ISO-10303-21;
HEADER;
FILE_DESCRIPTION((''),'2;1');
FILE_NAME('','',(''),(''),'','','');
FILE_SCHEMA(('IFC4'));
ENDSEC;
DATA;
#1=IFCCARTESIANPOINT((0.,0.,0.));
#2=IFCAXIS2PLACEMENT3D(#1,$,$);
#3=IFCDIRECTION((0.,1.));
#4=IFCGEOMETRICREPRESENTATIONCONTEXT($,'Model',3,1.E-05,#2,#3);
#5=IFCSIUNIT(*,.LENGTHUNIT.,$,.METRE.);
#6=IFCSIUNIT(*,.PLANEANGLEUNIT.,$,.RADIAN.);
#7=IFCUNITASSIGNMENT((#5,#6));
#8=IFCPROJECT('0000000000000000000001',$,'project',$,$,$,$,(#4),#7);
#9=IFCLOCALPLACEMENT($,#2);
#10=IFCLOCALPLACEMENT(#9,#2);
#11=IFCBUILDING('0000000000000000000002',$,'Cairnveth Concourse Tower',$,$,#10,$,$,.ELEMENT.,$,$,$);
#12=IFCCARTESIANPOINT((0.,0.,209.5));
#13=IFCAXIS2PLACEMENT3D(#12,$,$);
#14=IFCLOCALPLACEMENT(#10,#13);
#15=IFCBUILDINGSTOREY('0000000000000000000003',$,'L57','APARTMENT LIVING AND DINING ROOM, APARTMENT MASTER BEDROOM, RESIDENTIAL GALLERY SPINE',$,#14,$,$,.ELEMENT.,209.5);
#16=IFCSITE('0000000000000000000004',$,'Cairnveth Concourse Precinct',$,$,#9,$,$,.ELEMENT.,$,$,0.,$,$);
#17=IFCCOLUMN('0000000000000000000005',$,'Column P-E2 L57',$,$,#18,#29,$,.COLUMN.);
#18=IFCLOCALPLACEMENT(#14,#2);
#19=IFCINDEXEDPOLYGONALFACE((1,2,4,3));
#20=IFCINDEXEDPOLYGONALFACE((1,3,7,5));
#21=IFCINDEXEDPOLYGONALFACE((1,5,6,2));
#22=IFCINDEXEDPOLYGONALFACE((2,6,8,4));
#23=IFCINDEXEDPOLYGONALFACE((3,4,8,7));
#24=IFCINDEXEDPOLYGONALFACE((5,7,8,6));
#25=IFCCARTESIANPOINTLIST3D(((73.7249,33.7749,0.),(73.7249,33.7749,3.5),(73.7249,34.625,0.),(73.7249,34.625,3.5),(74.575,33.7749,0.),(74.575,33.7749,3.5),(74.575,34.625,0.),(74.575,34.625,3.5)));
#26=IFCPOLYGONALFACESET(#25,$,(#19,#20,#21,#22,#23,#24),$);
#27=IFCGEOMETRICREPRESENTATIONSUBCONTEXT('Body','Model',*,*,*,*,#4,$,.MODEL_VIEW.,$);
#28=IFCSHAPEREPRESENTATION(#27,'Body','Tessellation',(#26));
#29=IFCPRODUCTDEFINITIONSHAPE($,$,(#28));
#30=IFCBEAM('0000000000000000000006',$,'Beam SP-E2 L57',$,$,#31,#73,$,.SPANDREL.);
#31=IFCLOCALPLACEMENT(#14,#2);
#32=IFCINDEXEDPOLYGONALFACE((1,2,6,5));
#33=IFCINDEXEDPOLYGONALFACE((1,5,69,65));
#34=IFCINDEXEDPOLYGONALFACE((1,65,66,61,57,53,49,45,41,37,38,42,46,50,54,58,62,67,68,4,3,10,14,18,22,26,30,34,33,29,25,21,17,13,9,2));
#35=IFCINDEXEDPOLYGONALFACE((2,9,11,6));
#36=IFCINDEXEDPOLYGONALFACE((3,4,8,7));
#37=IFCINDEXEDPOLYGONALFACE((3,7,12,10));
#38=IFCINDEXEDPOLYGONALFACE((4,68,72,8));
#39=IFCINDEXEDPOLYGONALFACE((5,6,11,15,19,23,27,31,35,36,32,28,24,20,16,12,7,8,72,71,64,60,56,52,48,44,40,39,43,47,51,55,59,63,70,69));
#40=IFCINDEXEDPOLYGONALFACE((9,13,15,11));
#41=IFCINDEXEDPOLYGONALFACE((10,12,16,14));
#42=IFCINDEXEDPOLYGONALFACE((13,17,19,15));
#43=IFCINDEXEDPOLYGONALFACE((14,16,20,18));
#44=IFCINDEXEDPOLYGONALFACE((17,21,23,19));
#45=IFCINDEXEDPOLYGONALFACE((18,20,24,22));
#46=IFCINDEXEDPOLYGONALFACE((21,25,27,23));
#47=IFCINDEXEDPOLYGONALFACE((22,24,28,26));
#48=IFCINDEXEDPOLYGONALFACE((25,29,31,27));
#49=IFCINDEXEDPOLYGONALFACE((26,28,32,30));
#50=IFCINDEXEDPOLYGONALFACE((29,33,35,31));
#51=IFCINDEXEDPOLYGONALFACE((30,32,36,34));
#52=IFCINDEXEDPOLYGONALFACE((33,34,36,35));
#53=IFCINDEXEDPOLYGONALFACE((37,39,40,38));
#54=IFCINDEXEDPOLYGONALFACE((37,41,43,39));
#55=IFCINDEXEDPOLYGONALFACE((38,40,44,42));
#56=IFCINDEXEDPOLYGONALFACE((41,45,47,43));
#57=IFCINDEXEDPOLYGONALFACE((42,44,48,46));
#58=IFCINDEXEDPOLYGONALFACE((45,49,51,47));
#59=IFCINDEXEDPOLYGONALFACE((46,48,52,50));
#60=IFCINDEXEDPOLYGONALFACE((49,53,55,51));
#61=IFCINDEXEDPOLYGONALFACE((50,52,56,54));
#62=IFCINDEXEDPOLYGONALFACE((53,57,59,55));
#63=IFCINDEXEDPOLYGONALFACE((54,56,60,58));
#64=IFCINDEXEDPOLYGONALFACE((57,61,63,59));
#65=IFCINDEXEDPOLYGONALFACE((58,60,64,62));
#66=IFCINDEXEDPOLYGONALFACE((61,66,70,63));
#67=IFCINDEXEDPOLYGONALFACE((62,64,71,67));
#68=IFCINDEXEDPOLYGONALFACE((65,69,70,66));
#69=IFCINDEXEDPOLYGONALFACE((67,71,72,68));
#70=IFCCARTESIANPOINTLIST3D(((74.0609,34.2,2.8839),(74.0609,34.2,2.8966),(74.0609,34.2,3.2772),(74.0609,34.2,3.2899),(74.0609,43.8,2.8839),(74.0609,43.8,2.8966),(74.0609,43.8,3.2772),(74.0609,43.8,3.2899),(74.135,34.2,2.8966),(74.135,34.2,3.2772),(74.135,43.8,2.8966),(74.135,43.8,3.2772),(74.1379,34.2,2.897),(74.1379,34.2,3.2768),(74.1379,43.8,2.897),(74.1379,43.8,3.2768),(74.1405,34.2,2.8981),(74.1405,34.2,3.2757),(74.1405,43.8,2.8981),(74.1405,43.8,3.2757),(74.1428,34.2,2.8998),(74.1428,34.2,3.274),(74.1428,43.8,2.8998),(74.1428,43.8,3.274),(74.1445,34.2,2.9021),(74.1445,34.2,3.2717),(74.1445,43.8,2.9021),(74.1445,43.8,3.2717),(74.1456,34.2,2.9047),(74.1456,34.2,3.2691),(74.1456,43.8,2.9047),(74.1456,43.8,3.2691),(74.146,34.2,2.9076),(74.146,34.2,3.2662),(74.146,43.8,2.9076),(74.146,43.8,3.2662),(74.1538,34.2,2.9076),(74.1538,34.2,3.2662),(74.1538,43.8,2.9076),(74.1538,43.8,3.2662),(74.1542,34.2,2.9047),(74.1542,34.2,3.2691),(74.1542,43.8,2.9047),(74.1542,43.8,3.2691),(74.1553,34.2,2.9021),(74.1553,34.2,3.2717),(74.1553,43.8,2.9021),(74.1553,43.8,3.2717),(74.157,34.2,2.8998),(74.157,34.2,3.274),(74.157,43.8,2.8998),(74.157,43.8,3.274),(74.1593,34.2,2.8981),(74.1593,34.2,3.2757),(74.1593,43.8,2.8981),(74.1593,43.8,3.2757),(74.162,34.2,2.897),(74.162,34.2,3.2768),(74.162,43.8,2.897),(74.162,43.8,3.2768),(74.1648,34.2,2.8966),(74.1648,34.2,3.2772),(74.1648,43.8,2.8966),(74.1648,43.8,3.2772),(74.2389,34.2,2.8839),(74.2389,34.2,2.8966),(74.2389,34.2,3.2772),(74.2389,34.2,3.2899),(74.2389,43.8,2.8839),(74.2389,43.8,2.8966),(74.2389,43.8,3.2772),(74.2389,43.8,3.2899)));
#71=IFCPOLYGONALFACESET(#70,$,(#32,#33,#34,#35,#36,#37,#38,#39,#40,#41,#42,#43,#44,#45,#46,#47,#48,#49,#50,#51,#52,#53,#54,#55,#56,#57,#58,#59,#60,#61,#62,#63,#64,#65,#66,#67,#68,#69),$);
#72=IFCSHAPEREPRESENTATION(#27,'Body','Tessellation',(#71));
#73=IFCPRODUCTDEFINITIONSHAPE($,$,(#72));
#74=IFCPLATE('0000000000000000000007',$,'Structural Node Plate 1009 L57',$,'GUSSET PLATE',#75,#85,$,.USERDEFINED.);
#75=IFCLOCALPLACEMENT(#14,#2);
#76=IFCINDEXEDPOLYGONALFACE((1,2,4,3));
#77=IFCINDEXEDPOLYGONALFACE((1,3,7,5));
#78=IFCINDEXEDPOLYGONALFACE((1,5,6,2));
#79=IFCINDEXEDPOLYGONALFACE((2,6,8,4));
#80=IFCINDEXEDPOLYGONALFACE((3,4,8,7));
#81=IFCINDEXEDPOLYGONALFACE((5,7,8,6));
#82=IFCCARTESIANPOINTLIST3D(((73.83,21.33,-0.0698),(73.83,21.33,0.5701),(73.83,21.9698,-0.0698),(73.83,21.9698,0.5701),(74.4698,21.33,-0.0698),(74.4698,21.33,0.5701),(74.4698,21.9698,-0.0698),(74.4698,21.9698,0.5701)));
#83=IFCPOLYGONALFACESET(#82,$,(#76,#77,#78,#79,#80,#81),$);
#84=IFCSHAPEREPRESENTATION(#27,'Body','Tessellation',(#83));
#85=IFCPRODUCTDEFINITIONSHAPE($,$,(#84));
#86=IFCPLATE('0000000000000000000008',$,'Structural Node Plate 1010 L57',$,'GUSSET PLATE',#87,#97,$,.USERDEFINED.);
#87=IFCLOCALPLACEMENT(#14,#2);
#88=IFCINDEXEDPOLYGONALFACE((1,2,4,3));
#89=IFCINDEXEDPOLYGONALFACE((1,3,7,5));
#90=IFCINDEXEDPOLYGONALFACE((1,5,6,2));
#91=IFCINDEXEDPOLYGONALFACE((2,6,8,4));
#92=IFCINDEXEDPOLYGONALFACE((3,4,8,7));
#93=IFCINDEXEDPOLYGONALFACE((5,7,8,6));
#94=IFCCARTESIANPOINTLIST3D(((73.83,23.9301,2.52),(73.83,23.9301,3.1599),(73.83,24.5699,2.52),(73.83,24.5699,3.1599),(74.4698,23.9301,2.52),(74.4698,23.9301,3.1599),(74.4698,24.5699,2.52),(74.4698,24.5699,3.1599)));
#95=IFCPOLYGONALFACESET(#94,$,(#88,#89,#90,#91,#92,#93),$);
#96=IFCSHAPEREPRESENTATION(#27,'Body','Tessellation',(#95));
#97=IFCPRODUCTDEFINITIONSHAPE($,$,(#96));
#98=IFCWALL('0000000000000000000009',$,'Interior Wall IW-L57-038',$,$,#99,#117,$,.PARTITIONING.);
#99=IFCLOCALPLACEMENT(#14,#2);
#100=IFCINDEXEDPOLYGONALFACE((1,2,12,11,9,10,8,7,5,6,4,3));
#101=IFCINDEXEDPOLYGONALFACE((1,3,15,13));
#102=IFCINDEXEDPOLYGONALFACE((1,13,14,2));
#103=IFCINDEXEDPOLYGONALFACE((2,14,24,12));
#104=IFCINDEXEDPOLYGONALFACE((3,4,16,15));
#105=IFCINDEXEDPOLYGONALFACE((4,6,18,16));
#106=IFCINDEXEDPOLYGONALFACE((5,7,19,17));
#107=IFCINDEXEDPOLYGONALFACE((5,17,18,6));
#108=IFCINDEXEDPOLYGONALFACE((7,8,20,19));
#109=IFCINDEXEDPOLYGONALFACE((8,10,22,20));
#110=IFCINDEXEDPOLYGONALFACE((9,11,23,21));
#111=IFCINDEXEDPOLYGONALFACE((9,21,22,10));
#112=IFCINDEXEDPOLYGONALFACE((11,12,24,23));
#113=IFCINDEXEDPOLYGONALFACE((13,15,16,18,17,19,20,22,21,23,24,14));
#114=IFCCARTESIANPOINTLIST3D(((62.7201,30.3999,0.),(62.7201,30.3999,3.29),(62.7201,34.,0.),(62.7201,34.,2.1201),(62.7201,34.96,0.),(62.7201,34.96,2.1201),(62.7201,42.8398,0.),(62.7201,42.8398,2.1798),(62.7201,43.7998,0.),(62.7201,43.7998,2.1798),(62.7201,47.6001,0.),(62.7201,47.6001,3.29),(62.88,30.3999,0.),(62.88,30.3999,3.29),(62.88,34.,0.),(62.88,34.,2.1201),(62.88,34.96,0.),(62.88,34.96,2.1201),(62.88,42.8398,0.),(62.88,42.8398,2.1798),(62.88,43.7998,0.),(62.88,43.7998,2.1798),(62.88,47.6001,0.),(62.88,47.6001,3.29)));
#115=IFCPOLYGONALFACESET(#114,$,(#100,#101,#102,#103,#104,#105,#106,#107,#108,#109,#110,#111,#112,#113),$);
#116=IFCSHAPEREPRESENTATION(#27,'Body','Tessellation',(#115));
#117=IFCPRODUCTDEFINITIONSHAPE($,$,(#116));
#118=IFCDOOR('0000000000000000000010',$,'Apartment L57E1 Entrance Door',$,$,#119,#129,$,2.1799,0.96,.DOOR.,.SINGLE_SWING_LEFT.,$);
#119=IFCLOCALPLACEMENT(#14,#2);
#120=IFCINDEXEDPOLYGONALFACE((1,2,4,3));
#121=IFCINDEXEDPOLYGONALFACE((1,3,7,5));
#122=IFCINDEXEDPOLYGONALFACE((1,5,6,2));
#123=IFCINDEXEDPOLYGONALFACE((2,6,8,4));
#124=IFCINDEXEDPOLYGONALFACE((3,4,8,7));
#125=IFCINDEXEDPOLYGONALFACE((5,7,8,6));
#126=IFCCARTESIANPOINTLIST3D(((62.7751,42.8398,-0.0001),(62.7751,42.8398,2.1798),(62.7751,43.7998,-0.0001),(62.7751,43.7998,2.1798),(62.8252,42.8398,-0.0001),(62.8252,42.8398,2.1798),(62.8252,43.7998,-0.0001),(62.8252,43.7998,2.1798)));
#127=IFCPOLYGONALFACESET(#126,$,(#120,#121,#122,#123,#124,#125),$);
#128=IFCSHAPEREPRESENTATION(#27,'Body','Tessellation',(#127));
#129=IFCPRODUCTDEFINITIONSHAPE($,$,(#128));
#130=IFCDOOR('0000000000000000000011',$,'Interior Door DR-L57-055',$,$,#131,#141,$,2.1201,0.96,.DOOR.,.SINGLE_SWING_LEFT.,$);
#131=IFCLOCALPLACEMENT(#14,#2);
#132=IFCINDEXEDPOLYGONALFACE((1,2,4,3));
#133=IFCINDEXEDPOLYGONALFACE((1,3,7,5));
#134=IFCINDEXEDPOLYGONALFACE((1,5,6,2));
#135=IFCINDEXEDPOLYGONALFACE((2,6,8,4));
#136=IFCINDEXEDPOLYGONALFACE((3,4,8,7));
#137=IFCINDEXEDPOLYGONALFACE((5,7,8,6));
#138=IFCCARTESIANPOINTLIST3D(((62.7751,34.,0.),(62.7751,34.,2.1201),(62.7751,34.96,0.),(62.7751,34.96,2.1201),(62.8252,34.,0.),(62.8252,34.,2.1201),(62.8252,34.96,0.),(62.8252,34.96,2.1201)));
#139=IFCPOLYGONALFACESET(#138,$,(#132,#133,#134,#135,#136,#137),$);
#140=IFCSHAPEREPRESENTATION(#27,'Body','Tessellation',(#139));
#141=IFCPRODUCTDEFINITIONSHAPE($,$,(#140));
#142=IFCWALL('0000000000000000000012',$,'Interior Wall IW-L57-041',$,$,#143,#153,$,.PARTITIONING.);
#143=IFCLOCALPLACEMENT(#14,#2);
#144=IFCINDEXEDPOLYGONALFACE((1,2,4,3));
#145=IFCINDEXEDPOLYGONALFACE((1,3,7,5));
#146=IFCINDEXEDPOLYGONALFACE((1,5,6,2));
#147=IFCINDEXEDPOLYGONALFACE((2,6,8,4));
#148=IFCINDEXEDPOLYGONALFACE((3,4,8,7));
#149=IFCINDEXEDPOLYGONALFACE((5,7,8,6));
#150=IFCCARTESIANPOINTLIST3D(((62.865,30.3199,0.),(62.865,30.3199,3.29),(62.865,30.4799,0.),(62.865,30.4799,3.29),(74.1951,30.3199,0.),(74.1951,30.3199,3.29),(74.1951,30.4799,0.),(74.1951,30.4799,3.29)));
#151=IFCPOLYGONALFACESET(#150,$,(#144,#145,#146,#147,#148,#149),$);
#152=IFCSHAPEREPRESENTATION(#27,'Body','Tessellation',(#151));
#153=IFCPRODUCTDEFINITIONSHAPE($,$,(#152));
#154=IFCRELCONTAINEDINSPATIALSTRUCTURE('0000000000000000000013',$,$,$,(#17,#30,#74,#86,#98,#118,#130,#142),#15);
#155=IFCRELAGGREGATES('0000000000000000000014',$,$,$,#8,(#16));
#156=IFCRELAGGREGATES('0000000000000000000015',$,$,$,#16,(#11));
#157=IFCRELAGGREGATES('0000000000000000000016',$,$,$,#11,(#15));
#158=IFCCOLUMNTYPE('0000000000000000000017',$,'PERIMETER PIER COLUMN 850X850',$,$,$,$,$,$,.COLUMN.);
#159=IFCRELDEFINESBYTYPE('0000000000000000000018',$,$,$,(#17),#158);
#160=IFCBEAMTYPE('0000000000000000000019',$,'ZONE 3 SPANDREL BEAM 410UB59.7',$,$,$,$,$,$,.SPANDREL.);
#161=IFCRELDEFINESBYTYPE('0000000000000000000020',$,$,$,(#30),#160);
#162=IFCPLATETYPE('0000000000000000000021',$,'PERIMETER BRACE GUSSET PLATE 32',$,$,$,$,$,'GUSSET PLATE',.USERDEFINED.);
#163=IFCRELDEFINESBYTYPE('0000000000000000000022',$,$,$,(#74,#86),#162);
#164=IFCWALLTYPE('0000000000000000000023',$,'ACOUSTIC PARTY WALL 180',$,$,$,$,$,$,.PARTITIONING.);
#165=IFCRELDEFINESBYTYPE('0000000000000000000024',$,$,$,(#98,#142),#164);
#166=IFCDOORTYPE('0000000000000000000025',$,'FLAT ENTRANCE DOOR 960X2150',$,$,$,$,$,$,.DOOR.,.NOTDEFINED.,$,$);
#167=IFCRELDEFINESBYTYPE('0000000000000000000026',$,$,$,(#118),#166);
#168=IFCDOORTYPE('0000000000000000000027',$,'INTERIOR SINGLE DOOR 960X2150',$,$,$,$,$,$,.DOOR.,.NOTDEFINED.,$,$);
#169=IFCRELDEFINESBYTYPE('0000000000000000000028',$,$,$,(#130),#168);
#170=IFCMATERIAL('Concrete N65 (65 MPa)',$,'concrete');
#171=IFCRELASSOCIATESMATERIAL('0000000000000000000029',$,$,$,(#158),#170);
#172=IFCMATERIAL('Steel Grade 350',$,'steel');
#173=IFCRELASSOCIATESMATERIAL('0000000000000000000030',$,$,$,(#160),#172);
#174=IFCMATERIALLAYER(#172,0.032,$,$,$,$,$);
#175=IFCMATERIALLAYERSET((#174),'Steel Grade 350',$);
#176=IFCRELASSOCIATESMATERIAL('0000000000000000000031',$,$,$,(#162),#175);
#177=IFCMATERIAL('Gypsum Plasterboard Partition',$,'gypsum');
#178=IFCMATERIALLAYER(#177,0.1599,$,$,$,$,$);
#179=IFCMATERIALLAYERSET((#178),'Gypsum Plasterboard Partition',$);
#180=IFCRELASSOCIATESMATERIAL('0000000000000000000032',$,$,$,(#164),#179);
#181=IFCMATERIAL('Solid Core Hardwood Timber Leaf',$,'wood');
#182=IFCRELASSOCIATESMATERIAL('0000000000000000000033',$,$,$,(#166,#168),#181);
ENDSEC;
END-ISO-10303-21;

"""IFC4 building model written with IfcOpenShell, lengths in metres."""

from ifc_helpers import new_model, si_unit, direction, frame, frame_2d, origin, origin_2d, place, context, subcontext, project, spatial, rectangle, i_section, extrude, material, layer, layer_set, material_profile, profile_set, type_object, element, fill, save


model = new_model("IFC4")

# Units and contexts
model_context = context("Model", 3, precision=1e-05, world=origin(), true_north=direction((0.0, 1.0)))
body_context = subcontext(model_context, "Body", "Model", "MODEL_VIEW")
ifc_project = project(units=[si_unit("LENGTHUNIT", "METRE"), si_unit("PLANEANGLEUNIT", "RADIAN")], contexts=[model_context])

# Site, building, storey
site_placement = place(None, origin())
site = spatial("IfcSite", under=ifc_project, at=site_placement, Name="Cairnveth Concourse Precinct", CompositionType="ELEMENT", RefElevation=0.0)
building_placement = place(site_placement, origin())
building = spatial("IfcBuilding", under=site, at=building_placement, Name="Cairnveth Concourse Tower", CompositionType="ELEMENT")
storey_placement = place(building_placement, frame((0.0, 0.0, 209.5)))
storey = spatial("IfcBuildingStorey", under=building, at=storey_placement, Name="L57", Description="APARTMENT LIVING AND DINING ROOM, APARTMENT MASTER BEDROOM, RESIDENTIAL GALLERY SPINE", CompositionType="ELEMENT", Elevation=209.5)

# Column
ifc_material_1 = material(Name="Concrete N65 (65 MPa)", Category="concrete")
ifc_material_profile_1 = material_profile(ifc_material_1, rectangle(XDim=0.8501, YDim=0.8501, at=origin_2d()), Name="RC-COL-850x850")
ifc_profile_set_1 = profile_set([ifc_material_profile_1], Name="Concrete N65 (65 MPa)")
column_type = type_object("IfcColumnType", Name="PERIMETER PIER COLUMN 850X850", PredefinedType="COLUMN", material=ifc_profile_set_1)
column_placement = place(storey_placement, frame((74.1499, 34.2, 0.0), z_axis=(0.0, 0.0, 1.0), x_axis=(0.0, 1.0, 0.0)))
element("IfcColumn", 1, at=column_placement, inside=storey, type_object=column_type, Name="Column P-E2 L57", PredefinedType="COLUMN", context=body_context, shape_type="SweptSolid", body=[
    extrude(rectangle(XDim=0.8501, YDim=0.8501, at=origin_2d()), origin(), (0.0, 0.0, 1.0), 3.5),
])

# Beam
ifc_material_2 = material(Name="Steel Grade 350", Category="steel")
ifc_material_profile_2 = material_profile(ifc_material_2, i_section(OverallWidth=0.178, OverallDepth=0.406, WebThickness=0.0078, FlangeThickness=0.0127, FilletRadius=0.011, at=origin_2d()), Name="410UB59.7")
ifc_profile_set_2 = profile_set([ifc_material_profile_2], Name="Steel Grade 350")
beam_type = type_object("IfcBeamType", Name="ZONE 3 SPANDREL BEAM 410UB59.7", PredefinedType="SPANDREL", material=ifc_profile_set_2)
beam_placement = place(storey_placement, frame((74.1499, 34.2, 3.0869), z_axis=(0.0, 1.0, 0.0), x_axis=(-1.0, 0.0, 0.0)))
element("IfcBeam", 2, at=beam_placement, inside=storey, type_object=beam_type, Name="Beam SP-E2 L57", PredefinedType="SPANDREL", context=body_context, shape_type="SweptSolid", body=[
    extrude(i_section(OverallWidth=0.178, OverallDepth=0.406, WebThickness=0.0078, FlangeThickness=0.0127, FilletRadius=0.011, at=origin_2d()), origin(), (0.0, 0.0, 1.0), 9.6001),
])

# Plates
ifc_layer_1 = layer(ifc_material_2, 0.032)
ifc_layer_set_1 = layer_set([ifc_layer_1], Name="Steel Grade 350")
plate_type = type_object("IfcPlateType", Name="PERIMETER BRACE GUSSET PLATE 32", ElementType="GUSSET PLATE", PredefinedType="USERDEFINED", material=ifc_layer_set_1)
for number, where, z_axis, x_axis, name in (
    (3, (74.1499, 21.6499, -0.0698), (0.0, 0.0, 1.0), (1.0, 0.0, 0.0), "Structural Node Plate 1009 L57"),
    (4, (74.1499, 24.25, 2.52), (0.0, 0.0, 1.0), (1.0, 0.0, 0.0), "Structural Node Plate 1010 L57"),
):
    element("IfcPlate", number, at=place(storey_placement, frame(where, z_axis=z_axis, x_axis=x_axis)), inside=storey, type_object=plate_type, Name=name, ObjectType="GUSSET PLATE", PredefinedType="USERDEFINED", context=body_context, shape_type="SweptSolid", body=[
        extrude(rectangle(XDim=0.6399, YDim=0.6399, at=origin_2d()), origin(), (0.0, 0.0, 1.0), 0.6399),
    ])

# Wall, openings, doors
ifc_material_3 = material(Name="Gypsum Plasterboard Partition", Category="gypsum")
ifc_layer_2 = layer(ifc_material_3, 0.1599)
ifc_layer_set_2 = layer_set([ifc_layer_2], Name="Gypsum Plasterboard Partition")
wall_type_1 = type_object("IfcWallType", Name="ACOUSTIC PARTY WALL 180", PredefinedType="PARTITIONING", material=ifc_layer_set_2)
wall_1_placement = place(storey_placement, frame((62.8, 30.3999, 0.0), z_axis=(0.0, 0.0, 1.0), x_axis=(0.0, 1.0, 0.0)))
wall_1 = element("IfcWall", 5, at=wall_1_placement, inside=storey, type_object=wall_type_1, Name="Interior Wall IW-L57-038", PredefinedType="PARTITIONING", context=body_context, shape_type="SweptSolid", body=[
    extrude(rectangle(XDim=17.2002, YDim=0.1599, at=frame_2d((8.6001, 0.0))), origin(), (0.0, 0.0, 1.0), 3.29),
])
opening_1_placement = place(wall_1_placement, frame((3.6001, 0.0, 0.0)))
opening_1 = element("IfcOpeningElement", 6, at=opening_1_placement, cuts=wall_1, PredefinedType="OPENING", context=body_context, shape_type="SweptSolid", body=[
    extrude(rectangle(XDim=0.96, YDim=2.1201, at=frame_2d((0.48, 1.0601))), frame((0.0, 0.0898, 0.0), z_axis=(0.0, -1.0, 0.0), x_axis=(1.0, 0.0, 0.0)), (0.0, 0.0, 1.0), 0.1799),
])
opening_2_placement = place(wall_1_placement, frame((12.4399, 0.0, 0.0)))
opening_2 = element("IfcOpeningElement", 7, at=opening_2_placement, cuts=wall_1, PredefinedType="OPENING", context=body_context, shape_type="SweptSolid", body=[
    extrude(rectangle(XDim=0.96, YDim=2.1799, at=frame_2d((0.48, 1.0898))), frame((0.0, 0.0898, 0.0), z_axis=(0.0, -1.0, 0.0), x_axis=(1.0, 0.0, 0.0)), (0.0, 0.0, 1.0), 0.1799),
])
ifc_material_4 = material(Name="Solid Core Hardwood Timber Leaf", Category="wood")
door_type_1 = type_object("IfcDoorType", Name="FLAT ENTRANCE DOOR 960X2150", OperationType="NOTDEFINED", PredefinedType="DOOR", material=ifc_material_4)
door_1_placement = place(opening_2_placement, origin())
door_1 = element("IfcDoor", 8, at=door_1_placement, inside=storey, type_object=door_type_1, Name="Apartment L57E1 Entrance Door", OperationType="SINGLE_SWING_LEFT", OverallHeight=2.1799, OverallWidth=0.96, PredefinedType="DOOR", context=body_context, shape_type="SweptSolid", body=[
    extrude(rectangle(XDim=0.96, YDim=2.1799, at=frame_2d((0.48, 1.0898))), frame((0.0, 0.0249, 0.0), z_axis=(0.0, -1.0, 0.0), x_axis=(1.0, 0.0, 0.0)), (0.0, 0.0, 1.0), 0.05),
])
fill(opening_2, door_1)
door_type_2 = type_object("IfcDoorType", Name="INTERIOR SINGLE DOOR 960X2150", OperationType="NOTDEFINED", PredefinedType="DOOR", material=ifc_material_4)
door_2_placement = place(opening_1_placement, origin())
door_2 = element("IfcDoor", 9, at=door_2_placement, inside=storey, type_object=door_type_2, Name="Interior Door DR-L57-055", OperationType="SINGLE_SWING_LEFT", OverallHeight=2.1201, OverallWidth=0.96, PredefinedType="DOOR", context=body_context, shape_type="SweptSolid", body=[
    extrude(rectangle(XDim=0.96, YDim=2.1201, at=frame_2d((0.48, 1.0601))), frame((0.0, 0.0249, 0.0), z_axis=(0.0, -1.0, 0.0), x_axis=(1.0, 0.0, 0.0)), (0.0, 0.0, 1.0), 0.05),
])
fill(opening_1, door_2)

# Wall
wall_2_placement = place(storey_placement, frame((62.865, 30.3999, 0.0), z_axis=(0.0, 0.0, 1.0), x_axis=(1.0, 0.0, 0.0)))
element("IfcWall", 10, at=wall_2_placement, inside=storey, type_object=wall_type_1, Name="Interior Wall IW-L57-041", PredefinedType="PARTITIONING", context=body_context, shape_type="SweptSolid", body=[
    extrude(rectangle(XDim=11.3301, YDim=0.1599, at=frame_2d((5.665, 0.0))), origin(), (0.0, 0.0, 1.0), 3.29),
])

save(model, "model.ifc")
